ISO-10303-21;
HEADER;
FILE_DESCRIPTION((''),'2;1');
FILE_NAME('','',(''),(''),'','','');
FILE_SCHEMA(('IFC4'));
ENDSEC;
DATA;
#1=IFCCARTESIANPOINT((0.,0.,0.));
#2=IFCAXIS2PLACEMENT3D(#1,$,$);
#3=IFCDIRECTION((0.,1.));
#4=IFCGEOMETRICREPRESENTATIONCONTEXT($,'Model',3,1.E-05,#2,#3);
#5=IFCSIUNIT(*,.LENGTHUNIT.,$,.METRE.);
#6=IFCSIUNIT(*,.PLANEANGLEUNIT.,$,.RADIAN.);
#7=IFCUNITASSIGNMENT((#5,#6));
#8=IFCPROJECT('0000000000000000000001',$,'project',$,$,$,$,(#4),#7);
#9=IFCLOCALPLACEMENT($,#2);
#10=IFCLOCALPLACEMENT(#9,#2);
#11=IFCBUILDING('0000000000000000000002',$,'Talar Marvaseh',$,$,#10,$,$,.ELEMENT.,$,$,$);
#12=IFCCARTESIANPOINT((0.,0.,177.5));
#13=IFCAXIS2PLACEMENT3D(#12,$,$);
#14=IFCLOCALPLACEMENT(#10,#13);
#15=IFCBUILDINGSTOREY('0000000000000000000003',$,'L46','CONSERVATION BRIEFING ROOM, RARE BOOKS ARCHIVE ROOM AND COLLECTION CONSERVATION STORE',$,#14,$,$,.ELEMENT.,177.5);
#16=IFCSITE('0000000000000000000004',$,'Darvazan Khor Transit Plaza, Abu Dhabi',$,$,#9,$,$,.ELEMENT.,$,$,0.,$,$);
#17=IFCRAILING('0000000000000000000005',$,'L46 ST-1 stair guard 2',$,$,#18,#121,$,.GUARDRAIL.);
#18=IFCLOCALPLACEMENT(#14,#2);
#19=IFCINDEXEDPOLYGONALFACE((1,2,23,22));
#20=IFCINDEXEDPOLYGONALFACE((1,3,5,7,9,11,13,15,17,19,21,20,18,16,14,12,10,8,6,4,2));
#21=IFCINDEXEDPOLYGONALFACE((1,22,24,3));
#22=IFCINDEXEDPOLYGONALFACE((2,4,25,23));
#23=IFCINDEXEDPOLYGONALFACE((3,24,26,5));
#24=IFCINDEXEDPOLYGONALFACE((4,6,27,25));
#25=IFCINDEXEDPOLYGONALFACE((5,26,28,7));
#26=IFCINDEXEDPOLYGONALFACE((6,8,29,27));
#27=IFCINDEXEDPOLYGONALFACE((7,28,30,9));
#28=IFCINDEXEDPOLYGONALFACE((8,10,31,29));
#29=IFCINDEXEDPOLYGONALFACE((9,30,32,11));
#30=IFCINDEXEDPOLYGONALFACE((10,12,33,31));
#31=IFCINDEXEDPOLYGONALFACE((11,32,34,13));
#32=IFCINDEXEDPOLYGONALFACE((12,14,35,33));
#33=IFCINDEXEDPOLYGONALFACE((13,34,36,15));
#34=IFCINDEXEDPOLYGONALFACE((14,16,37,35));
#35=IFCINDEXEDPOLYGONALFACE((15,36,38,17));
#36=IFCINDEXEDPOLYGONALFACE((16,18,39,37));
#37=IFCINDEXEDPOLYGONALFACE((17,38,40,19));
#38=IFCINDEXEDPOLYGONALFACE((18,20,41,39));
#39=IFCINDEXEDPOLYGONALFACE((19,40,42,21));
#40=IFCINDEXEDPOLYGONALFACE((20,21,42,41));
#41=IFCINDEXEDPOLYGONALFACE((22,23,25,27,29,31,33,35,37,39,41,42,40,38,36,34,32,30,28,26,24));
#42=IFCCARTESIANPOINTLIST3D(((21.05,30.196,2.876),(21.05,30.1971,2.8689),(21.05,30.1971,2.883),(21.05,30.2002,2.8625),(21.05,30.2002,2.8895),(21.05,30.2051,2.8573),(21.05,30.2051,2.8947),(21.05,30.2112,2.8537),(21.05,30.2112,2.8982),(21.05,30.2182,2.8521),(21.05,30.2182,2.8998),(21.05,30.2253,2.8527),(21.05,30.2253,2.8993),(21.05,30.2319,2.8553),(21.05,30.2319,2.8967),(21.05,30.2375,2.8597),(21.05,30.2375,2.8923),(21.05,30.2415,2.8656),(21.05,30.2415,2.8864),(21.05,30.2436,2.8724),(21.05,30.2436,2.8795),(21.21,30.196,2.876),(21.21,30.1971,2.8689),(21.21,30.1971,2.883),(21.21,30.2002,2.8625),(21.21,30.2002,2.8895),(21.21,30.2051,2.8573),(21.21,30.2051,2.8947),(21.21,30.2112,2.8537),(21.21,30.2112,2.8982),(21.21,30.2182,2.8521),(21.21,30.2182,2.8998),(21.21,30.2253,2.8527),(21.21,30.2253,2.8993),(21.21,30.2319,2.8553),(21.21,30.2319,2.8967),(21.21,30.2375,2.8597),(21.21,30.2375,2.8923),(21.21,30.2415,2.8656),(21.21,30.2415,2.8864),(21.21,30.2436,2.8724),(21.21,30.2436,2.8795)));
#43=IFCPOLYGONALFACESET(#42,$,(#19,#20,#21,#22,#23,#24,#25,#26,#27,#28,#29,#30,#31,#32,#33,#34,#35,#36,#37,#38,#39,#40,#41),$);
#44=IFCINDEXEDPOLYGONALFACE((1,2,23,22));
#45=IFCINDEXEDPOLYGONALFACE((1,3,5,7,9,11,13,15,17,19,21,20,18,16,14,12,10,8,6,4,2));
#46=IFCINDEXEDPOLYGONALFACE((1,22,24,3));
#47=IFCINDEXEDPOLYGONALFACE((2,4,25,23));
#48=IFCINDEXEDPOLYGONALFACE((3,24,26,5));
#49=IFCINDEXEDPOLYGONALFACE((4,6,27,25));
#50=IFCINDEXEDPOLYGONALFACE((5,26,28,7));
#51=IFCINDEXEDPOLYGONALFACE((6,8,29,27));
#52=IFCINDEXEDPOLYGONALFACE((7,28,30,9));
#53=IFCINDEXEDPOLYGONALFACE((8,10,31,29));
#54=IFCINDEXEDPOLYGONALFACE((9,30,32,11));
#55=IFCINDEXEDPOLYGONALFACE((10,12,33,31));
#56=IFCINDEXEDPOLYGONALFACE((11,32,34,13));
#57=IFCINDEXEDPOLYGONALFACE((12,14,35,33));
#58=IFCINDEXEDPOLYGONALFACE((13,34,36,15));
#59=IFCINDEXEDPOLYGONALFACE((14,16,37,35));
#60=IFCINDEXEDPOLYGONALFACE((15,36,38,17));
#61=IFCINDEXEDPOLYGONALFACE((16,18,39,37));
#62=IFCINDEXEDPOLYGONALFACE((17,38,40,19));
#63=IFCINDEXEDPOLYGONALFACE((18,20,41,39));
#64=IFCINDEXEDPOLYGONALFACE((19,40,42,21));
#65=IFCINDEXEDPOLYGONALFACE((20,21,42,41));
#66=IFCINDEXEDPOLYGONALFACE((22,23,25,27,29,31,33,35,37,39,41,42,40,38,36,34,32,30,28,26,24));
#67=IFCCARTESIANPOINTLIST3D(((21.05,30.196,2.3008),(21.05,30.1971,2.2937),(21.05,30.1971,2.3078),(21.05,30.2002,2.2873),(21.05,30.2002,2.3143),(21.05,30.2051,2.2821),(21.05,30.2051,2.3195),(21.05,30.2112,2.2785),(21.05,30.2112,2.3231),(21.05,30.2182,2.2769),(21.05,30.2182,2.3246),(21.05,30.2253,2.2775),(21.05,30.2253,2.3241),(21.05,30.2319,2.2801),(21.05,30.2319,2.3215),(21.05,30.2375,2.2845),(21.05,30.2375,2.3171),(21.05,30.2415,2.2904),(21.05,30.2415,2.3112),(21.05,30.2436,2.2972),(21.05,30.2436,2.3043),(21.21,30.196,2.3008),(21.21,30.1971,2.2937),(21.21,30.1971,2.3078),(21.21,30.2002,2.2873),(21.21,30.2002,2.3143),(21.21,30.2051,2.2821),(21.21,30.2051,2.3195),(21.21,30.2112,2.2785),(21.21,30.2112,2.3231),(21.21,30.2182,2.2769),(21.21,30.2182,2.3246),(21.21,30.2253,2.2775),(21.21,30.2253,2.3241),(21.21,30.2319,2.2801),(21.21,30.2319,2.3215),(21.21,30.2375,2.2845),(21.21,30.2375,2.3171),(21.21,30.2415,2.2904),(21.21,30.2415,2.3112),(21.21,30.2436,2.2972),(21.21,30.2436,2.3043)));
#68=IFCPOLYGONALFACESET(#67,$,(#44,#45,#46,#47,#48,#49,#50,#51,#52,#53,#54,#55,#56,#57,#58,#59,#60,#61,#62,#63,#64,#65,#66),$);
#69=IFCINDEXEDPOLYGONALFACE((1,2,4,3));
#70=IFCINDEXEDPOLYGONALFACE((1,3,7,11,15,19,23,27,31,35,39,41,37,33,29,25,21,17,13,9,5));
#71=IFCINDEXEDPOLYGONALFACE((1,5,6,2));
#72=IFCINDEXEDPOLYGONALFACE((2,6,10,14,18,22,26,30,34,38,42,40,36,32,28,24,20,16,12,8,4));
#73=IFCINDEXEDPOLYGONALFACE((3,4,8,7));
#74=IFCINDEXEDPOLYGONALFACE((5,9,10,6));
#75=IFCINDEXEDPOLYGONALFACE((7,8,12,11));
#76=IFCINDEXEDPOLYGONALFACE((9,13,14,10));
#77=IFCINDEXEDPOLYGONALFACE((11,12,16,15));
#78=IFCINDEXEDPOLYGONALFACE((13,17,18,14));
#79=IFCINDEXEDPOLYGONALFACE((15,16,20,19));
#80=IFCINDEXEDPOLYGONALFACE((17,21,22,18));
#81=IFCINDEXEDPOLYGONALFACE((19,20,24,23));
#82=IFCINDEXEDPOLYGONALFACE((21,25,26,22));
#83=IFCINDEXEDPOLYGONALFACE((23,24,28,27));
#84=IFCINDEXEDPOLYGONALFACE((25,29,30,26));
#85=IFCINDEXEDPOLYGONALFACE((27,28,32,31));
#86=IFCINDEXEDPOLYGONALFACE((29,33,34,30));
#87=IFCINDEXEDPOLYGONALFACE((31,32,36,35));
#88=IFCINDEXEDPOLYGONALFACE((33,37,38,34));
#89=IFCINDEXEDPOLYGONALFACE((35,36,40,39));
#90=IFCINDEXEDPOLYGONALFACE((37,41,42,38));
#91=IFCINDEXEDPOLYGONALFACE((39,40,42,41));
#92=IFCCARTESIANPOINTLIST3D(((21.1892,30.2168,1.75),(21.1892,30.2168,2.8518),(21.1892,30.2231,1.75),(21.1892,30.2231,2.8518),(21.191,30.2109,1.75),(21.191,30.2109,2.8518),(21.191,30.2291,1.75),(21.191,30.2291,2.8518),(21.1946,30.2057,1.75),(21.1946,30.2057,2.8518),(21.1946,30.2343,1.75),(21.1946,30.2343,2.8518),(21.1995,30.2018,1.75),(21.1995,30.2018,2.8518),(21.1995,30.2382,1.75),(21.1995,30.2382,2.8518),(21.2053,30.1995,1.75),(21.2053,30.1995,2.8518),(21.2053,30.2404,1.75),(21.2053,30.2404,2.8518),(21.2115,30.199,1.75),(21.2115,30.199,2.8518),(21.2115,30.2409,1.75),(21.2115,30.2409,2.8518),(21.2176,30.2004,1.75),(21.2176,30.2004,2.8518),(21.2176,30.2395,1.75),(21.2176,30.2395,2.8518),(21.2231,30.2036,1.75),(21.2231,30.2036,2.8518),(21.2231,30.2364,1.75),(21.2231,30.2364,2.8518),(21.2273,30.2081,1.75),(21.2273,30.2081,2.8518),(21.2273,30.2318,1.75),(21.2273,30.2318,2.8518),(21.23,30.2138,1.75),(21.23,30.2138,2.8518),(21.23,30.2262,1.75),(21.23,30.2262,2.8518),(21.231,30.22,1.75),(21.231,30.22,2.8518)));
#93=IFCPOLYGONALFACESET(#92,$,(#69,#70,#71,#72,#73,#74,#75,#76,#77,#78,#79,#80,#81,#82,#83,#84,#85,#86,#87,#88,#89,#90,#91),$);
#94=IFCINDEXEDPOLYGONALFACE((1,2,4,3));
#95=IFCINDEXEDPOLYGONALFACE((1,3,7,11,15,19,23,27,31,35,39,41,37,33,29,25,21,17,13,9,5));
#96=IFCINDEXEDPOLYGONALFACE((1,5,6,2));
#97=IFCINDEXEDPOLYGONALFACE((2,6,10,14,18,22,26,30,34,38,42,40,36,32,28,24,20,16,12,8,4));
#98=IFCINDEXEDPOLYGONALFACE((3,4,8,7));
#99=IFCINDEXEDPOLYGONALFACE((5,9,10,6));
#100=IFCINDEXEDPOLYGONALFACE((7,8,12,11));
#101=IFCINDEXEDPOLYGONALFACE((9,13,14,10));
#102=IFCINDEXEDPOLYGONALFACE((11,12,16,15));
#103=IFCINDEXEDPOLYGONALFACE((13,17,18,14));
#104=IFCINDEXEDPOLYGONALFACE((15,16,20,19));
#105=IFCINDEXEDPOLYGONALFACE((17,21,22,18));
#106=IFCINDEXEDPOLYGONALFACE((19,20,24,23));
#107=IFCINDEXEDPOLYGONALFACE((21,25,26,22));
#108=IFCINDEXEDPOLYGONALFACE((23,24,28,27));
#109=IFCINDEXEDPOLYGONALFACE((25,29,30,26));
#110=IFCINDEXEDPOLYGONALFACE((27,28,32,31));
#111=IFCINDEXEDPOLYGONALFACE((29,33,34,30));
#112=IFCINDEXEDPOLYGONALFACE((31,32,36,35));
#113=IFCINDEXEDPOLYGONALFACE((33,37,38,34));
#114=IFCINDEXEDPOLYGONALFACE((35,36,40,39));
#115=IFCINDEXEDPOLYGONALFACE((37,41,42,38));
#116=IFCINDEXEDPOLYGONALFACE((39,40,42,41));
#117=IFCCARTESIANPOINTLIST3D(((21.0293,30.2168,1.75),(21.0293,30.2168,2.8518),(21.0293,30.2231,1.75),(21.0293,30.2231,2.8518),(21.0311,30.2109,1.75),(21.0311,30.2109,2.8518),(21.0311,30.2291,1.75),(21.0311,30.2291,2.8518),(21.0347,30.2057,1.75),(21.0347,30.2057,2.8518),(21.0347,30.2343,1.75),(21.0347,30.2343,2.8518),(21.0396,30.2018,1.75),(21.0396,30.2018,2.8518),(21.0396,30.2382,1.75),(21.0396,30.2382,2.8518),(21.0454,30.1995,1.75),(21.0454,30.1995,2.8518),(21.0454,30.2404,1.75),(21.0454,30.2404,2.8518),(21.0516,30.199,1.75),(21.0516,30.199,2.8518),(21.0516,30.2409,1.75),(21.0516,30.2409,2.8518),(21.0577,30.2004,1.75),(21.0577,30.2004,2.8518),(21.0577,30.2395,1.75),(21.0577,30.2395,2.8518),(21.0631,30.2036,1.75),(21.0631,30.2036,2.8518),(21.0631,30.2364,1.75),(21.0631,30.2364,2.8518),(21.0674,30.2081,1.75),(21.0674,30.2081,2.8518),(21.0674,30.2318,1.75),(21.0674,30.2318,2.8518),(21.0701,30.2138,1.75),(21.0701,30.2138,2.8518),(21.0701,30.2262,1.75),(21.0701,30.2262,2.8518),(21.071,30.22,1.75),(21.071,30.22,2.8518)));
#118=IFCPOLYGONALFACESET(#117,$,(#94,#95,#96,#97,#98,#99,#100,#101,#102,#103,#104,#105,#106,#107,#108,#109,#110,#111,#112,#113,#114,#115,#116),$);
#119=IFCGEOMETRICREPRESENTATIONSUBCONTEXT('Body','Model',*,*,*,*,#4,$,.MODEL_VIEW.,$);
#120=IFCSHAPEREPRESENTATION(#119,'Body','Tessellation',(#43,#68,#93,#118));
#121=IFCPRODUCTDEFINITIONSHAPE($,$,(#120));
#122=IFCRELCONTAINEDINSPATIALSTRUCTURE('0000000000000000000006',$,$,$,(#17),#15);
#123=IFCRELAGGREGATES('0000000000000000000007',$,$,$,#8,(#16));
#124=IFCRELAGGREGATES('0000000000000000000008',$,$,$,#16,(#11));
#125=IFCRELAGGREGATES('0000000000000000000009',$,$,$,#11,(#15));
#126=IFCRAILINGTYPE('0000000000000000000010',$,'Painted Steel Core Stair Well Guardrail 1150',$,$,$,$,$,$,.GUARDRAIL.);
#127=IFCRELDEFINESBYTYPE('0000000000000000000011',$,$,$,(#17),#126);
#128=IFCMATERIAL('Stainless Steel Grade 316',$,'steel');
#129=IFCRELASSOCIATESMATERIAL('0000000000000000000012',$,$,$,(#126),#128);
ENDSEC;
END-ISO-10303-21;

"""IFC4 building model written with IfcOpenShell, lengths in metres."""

from ifc_helpers import new_model, si_unit, direction, frame, origin, origin_2d, place, context, subcontext, project, spatial, circle, extrude, material, type_object, element, save


model = new_model("IFC4")

# Units and contexts
model_context = context("Model", 3, precision=1e-05, world=origin(), true_north=direction((0.0, 1.0)))
body_context = subcontext(model_context, "Body", "Model", "MODEL_VIEW")
ifc_project = project(units=[si_unit("LENGTHUNIT", "METRE"), si_unit("PLANEANGLEUNIT", "RADIAN")], contexts=[model_context])

# Site, building, storey
site_placement = place(None, origin())
site = spatial("IfcSite", under=ifc_project, at=site_placement, Name="Darvazan Khor Transit Plaza, Abu Dhabi", CompositionType="ELEMENT", RefElevation=0.0)
building_placement = place(site_placement, origin())
building = spatial("IfcBuilding", under=site, at=building_placement, Name="Talar Marvaseh", CompositionType="ELEMENT")
storey_placement = place(building_placement, frame((0.0, 0.0, 177.5)))
storey = spatial("IfcBuildingStorey", under=building, at=storey_placement, Name="L46", Description="CONSERVATION BRIEFING ROOM, RARE BOOKS ARCHIVE ROOM AND COLLECTION CONSERVATION STORE", CompositionType="ELEMENT", Elevation=177.5)

# Railing
ifc_material_1 = material(Name="Stainless Steel Grade 316", Category="steel")
railing_type_1 = type_object("IfcRailingType", Name="Painted Steel Core Stair Well Guardrail 1150", PredefinedType="GUARDRAIL", material=ifc_material_1)
railing_1_placement = place(storey_placement, frame((21.21, 30.22, 1.75)))
element("IfcRailing", 1, at=railing_1_placement, inside=storey, type_object=railing_type_1, Name="L46 ST-1 stair guard 2", PredefinedType="GUARDRAIL", context=body_context, shape_type="SweptSolid", body=[
    extrude(circle(Radius=0.0239, at=origin_2d()), frame((0.0, 0.0, 1.126), z_axis=(-1.0, 0.0, 0.0), x_axis=(0.0, -1.0, 0.0)), (0.0, 0.0, 1.0), 0.1599),
    extrude(circle(Radius=0.0239, at=origin_2d()), frame((0.0, 0.0, 0.5508), z_axis=(-1.0, 0.0, 0.0), x_axis=(0.0, -1.0, 0.0)), (0.0, 0.0, 1.0), 0.1599),
    extrude(circle(Radius=0.021, at=origin_2d()), origin(), (0.0, 0.0, 1.0), 1.1018),
    extrude(circle(Radius=0.021, at=origin_2d()), frame((-0.1599, 0.0, 0.0)), (0.0, 0.0, 1.0), 1.1018),
])

save(model, "model.ifc")
